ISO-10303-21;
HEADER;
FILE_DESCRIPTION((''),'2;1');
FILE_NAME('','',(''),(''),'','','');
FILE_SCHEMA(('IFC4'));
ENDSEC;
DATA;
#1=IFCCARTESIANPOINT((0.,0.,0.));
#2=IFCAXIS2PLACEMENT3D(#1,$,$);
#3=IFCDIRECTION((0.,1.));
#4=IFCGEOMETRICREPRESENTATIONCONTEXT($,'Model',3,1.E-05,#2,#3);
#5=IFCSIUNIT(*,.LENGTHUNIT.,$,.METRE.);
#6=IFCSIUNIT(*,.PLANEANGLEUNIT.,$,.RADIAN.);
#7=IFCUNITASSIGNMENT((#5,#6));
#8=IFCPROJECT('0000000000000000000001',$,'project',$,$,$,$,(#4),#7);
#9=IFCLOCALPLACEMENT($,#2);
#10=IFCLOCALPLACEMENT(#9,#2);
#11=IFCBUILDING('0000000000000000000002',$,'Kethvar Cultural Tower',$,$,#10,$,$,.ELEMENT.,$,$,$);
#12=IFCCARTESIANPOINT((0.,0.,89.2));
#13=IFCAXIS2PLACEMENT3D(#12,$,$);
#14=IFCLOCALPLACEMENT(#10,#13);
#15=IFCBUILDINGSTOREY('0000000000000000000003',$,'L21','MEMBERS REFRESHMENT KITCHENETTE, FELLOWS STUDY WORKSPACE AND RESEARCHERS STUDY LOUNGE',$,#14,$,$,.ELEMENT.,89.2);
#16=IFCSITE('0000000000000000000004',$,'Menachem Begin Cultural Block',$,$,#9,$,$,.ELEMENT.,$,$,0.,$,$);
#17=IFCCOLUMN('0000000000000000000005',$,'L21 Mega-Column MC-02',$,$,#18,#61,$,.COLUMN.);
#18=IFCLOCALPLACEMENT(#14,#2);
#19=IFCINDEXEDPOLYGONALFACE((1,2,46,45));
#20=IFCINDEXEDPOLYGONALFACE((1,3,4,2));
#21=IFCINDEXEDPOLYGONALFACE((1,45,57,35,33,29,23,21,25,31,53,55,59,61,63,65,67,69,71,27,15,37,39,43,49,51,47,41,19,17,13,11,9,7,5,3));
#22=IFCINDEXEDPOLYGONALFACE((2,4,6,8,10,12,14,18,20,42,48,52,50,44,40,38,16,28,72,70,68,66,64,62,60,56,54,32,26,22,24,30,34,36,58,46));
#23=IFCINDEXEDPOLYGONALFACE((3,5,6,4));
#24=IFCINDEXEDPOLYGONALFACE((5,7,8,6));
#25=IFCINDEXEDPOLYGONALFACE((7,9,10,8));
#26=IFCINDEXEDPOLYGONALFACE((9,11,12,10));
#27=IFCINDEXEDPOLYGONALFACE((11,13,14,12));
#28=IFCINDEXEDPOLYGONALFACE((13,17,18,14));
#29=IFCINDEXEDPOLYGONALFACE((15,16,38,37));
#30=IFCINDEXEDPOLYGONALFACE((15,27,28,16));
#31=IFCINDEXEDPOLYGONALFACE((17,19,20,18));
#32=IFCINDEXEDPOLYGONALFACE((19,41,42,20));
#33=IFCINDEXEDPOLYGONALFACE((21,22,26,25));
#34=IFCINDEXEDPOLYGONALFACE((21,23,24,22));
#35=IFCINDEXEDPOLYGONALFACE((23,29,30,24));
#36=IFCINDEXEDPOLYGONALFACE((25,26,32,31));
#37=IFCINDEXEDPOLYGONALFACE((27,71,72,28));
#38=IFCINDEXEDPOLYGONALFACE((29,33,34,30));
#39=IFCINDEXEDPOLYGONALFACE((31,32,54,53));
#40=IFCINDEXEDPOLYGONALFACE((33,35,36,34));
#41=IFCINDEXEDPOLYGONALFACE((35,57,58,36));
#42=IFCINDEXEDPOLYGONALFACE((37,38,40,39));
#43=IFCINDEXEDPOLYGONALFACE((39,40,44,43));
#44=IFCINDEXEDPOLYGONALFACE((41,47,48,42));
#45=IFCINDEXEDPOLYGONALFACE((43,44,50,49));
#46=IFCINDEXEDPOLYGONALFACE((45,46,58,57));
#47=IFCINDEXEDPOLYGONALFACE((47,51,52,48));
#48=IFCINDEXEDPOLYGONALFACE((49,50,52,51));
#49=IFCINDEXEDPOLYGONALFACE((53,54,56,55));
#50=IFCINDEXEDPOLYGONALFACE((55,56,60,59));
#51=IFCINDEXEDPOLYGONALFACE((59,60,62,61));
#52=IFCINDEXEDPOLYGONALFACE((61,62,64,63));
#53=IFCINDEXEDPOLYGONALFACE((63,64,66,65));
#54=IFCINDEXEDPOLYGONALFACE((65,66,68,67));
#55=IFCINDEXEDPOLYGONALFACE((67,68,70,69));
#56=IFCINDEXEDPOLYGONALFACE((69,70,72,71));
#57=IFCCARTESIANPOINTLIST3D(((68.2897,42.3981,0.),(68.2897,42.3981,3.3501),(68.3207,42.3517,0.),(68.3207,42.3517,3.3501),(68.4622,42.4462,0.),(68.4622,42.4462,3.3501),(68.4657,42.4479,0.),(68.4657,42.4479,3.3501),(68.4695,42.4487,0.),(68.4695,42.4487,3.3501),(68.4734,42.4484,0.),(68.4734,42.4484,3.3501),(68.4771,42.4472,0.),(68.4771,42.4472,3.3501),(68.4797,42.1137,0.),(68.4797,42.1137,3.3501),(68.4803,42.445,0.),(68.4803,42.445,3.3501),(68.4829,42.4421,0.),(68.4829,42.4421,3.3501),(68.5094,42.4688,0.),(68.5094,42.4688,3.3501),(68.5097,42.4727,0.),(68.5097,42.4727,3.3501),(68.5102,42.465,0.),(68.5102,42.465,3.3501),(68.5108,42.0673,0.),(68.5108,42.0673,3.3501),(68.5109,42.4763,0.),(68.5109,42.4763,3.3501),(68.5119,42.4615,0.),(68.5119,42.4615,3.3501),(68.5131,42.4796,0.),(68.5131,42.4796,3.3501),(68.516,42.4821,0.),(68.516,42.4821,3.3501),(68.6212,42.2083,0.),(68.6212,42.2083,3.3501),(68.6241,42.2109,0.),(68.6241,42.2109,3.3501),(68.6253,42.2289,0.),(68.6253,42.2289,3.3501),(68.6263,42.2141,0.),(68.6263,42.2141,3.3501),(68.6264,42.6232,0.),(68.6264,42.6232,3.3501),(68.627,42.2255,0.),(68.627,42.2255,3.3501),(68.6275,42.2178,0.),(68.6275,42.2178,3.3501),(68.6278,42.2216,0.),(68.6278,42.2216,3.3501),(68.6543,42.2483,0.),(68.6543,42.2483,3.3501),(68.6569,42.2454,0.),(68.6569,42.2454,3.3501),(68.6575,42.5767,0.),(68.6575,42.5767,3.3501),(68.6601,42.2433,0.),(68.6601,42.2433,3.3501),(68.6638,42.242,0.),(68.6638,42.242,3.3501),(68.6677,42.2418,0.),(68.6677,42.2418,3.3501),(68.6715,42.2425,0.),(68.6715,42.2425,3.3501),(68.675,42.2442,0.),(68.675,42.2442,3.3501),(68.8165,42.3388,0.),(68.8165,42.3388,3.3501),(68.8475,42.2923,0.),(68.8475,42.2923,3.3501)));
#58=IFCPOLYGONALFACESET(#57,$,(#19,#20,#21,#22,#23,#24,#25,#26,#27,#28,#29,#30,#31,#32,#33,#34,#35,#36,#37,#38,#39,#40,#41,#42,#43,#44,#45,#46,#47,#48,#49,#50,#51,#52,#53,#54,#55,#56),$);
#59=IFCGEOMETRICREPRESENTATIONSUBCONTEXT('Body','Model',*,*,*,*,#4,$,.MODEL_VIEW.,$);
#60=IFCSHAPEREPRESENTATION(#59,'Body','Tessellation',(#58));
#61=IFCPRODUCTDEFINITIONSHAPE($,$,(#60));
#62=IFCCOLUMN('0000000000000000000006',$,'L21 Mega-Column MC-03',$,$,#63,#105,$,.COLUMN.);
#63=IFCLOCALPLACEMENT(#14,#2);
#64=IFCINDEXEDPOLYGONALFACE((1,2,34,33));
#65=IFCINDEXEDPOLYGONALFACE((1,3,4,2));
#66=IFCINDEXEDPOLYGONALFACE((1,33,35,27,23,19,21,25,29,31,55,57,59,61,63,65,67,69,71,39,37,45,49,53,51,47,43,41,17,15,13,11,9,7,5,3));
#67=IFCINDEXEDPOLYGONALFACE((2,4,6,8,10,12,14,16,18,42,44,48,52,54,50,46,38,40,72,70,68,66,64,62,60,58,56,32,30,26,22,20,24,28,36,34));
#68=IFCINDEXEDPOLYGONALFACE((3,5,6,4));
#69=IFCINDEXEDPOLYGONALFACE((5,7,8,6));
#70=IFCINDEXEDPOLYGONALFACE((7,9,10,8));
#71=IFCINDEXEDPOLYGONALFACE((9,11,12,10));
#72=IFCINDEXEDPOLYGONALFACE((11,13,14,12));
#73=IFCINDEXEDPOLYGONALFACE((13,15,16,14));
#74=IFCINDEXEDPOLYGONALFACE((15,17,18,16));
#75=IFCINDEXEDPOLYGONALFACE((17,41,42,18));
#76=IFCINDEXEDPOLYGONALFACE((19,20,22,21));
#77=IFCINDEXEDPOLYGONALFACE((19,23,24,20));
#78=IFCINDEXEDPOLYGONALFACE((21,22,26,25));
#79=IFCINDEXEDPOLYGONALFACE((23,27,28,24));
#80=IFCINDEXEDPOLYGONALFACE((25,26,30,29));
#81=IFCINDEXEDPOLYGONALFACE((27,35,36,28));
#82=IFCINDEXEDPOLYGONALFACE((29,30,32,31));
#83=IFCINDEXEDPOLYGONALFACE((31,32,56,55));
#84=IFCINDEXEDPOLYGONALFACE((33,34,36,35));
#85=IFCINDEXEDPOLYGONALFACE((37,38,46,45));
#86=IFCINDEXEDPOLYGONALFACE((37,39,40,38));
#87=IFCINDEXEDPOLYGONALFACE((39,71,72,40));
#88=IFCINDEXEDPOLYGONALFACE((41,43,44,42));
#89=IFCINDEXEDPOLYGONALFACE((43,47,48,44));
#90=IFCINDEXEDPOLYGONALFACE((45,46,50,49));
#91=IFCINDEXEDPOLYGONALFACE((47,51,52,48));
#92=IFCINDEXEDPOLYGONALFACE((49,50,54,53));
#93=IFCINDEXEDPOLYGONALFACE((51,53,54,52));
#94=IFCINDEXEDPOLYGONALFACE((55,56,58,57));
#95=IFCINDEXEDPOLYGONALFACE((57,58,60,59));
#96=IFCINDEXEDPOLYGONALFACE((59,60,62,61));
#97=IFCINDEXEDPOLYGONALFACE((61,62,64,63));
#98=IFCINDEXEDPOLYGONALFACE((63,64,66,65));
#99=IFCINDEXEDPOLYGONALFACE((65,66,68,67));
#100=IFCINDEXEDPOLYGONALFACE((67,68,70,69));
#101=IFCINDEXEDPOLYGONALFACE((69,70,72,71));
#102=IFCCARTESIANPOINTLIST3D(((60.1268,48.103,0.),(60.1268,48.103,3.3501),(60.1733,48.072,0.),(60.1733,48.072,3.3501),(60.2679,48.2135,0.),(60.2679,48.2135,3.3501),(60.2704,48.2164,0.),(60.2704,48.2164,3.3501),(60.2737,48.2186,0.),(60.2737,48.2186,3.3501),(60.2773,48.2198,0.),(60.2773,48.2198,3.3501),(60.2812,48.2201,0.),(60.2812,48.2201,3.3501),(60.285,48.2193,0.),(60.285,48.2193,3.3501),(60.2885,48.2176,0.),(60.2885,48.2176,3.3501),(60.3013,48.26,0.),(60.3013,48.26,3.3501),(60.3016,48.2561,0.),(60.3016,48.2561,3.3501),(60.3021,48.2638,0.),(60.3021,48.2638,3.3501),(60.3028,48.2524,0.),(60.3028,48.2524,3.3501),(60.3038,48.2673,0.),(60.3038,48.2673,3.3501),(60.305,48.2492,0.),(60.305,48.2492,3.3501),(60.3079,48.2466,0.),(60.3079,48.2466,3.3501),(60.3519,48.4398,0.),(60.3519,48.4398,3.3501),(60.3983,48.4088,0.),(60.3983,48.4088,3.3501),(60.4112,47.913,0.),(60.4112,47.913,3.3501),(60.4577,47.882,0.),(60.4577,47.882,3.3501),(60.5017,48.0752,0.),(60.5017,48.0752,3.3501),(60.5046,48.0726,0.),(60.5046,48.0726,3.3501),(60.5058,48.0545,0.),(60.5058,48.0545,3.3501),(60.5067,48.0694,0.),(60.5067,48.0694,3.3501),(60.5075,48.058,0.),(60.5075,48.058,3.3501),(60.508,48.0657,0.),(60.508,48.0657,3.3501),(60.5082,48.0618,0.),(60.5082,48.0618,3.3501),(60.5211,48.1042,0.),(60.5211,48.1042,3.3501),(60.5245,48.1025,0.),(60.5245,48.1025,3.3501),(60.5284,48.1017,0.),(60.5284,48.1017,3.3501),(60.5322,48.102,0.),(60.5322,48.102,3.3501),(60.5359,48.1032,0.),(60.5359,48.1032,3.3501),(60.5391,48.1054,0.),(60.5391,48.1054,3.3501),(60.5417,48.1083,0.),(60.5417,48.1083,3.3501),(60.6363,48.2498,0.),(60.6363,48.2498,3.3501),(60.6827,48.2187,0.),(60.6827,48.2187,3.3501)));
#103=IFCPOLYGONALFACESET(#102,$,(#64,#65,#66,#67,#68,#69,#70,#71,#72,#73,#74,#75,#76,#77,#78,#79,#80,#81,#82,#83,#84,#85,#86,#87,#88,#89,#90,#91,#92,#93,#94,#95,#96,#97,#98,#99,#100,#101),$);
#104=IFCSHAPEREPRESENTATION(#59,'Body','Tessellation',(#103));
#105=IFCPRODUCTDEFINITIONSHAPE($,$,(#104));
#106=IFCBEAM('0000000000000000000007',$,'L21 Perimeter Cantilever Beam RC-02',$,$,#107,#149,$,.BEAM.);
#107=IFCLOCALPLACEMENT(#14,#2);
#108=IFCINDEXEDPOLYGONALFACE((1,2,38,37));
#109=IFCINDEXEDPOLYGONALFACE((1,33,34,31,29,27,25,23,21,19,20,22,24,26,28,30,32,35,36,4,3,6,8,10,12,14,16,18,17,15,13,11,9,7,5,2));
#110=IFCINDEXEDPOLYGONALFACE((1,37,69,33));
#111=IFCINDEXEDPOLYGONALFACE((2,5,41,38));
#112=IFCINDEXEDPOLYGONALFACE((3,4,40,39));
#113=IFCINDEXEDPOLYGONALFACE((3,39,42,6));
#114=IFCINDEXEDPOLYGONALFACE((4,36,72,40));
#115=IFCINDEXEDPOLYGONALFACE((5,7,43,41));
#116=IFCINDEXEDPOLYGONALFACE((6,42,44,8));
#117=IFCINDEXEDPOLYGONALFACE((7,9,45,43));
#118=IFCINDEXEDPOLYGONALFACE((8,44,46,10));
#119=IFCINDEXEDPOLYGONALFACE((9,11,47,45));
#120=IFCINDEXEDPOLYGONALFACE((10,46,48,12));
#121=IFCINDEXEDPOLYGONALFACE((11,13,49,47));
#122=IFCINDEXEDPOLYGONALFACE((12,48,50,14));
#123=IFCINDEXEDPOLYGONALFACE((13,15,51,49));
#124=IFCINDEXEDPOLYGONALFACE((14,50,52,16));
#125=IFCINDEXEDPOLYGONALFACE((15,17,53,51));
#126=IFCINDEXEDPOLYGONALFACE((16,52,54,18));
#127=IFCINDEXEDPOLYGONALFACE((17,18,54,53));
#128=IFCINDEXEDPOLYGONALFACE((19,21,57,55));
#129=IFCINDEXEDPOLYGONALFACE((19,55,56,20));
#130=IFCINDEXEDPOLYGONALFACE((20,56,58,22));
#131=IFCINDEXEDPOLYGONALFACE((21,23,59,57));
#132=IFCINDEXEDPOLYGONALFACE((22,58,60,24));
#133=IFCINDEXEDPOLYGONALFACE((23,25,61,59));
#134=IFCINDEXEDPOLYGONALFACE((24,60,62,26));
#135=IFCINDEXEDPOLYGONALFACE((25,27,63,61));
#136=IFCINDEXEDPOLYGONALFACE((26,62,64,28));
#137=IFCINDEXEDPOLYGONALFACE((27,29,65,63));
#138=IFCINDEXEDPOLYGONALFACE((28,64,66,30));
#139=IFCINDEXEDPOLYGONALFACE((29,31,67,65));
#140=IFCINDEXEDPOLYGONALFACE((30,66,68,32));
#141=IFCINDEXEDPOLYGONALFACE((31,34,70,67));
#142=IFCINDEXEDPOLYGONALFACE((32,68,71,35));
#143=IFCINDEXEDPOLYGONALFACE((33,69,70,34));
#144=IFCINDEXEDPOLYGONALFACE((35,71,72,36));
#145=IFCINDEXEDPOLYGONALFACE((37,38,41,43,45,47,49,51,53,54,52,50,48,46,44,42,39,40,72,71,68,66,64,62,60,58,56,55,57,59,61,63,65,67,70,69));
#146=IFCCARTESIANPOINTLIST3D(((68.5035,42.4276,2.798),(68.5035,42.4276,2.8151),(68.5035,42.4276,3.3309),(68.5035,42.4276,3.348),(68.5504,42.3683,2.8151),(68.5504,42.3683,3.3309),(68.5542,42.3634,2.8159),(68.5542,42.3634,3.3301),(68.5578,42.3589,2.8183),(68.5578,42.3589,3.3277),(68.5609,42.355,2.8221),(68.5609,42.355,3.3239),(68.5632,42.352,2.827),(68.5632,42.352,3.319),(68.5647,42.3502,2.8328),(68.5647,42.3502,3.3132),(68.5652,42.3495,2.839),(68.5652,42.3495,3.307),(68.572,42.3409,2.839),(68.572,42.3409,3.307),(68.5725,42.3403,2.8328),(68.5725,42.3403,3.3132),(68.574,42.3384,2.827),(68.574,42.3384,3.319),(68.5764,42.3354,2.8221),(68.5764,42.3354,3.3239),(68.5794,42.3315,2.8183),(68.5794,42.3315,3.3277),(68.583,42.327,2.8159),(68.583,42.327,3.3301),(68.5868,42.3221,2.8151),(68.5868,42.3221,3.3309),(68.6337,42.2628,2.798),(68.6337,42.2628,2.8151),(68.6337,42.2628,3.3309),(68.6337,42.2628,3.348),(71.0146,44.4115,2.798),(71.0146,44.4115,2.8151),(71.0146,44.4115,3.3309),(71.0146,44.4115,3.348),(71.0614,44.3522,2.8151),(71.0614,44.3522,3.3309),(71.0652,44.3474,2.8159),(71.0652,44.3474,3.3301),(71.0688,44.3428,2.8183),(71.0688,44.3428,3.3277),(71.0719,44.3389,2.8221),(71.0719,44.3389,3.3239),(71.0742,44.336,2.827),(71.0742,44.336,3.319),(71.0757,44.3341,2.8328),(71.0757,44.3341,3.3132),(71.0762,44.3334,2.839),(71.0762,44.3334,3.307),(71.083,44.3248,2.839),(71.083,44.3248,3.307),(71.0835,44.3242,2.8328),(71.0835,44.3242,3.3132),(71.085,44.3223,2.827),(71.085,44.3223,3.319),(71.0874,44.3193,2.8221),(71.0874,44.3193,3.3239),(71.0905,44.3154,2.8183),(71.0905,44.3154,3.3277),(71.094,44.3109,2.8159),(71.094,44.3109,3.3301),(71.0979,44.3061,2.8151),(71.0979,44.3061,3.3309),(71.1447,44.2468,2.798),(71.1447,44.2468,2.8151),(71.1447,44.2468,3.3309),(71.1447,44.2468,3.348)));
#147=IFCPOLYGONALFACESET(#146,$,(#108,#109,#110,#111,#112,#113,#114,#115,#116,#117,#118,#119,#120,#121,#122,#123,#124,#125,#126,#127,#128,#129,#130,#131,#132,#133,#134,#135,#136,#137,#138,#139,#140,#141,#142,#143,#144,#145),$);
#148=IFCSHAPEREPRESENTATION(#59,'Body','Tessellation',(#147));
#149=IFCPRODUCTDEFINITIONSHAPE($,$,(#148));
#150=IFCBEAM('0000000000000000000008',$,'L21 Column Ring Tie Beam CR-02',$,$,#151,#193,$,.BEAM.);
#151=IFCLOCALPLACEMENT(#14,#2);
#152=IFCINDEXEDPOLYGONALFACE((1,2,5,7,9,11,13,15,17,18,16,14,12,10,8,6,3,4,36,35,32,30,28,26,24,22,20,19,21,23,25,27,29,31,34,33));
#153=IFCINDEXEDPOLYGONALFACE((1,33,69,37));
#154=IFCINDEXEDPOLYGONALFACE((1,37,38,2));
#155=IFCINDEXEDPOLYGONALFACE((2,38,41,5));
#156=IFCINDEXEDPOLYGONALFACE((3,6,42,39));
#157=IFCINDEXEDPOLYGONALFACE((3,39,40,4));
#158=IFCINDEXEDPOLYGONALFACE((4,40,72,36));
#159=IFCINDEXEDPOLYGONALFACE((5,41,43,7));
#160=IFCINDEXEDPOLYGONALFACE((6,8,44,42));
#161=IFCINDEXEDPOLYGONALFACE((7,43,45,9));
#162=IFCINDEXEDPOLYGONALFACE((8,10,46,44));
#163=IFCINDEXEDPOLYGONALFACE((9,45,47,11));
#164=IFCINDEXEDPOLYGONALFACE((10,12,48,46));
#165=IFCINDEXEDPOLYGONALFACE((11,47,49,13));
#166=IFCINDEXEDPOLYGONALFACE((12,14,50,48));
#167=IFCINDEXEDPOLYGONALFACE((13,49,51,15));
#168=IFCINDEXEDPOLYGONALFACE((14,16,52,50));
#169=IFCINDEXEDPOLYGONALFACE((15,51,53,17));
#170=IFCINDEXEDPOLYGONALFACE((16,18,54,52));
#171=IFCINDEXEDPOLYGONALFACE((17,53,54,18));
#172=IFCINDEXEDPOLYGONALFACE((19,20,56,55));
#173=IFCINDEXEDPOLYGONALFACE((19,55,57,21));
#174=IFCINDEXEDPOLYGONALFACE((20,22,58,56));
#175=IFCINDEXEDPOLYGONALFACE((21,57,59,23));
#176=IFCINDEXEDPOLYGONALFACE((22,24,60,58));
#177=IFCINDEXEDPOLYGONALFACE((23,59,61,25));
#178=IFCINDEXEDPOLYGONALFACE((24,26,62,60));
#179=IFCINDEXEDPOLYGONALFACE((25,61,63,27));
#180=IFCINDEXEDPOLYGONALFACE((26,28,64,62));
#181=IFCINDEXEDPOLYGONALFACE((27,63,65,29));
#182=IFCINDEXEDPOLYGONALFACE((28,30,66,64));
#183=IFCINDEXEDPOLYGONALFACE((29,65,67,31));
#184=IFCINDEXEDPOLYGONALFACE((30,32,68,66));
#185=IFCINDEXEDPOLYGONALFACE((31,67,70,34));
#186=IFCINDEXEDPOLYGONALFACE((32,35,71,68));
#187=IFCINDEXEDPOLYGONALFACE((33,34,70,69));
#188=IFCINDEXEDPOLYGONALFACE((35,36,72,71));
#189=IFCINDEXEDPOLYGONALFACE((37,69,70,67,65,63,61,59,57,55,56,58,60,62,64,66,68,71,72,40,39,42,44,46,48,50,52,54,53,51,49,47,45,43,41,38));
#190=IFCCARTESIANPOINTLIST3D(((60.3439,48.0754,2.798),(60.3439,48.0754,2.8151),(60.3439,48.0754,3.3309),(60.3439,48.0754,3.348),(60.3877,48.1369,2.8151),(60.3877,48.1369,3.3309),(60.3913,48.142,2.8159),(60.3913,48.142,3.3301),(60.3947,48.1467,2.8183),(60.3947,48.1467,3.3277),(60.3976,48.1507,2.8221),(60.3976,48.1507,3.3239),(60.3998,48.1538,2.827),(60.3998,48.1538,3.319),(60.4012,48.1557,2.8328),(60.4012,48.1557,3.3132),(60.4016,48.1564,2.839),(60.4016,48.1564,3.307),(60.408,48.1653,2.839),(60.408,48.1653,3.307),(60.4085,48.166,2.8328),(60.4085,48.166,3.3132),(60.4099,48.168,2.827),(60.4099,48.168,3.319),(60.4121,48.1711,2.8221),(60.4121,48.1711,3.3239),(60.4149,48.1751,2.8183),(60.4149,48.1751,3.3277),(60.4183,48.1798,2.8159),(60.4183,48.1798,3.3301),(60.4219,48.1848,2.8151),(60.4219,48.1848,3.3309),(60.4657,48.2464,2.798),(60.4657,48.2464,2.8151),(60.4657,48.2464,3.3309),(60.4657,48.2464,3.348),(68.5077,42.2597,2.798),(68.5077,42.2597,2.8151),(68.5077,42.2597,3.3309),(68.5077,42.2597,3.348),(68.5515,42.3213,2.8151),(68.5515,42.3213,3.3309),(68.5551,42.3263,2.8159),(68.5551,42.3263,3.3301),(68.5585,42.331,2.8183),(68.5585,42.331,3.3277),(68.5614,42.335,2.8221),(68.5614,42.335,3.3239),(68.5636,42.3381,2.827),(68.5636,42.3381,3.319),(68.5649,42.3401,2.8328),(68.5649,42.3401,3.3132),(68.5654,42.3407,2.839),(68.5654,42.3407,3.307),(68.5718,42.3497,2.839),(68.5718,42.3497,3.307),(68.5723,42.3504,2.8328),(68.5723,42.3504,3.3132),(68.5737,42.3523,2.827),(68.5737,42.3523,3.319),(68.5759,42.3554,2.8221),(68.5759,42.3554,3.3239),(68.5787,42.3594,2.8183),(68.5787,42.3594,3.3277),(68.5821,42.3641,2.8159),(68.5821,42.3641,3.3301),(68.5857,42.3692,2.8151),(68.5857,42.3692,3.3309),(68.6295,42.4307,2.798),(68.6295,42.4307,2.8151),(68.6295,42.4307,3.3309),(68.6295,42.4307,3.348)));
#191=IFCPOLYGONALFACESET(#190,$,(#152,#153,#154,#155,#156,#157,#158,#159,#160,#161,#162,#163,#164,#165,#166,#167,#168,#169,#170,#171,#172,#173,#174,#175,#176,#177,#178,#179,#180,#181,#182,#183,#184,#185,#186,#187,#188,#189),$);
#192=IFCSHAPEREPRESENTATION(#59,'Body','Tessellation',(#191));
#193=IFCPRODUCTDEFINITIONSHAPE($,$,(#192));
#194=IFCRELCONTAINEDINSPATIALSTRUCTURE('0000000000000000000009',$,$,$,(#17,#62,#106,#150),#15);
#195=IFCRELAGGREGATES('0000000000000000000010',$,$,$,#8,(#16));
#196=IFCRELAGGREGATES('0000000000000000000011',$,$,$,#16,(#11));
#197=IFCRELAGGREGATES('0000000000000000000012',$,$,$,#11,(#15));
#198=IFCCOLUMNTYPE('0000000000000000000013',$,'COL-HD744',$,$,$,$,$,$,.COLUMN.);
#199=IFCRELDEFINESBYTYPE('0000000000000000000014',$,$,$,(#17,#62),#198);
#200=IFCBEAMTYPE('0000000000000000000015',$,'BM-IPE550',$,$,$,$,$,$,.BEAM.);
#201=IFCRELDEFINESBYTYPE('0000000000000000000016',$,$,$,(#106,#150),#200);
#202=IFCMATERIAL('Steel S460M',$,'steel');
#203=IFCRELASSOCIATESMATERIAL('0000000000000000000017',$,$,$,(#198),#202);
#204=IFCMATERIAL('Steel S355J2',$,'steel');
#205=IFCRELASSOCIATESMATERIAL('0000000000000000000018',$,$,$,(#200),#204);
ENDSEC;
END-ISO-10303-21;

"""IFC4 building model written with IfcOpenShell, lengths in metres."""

from ifc_helpers import new_model, si_unit, direction, frame, origin, origin_2d, place, context, subcontext, project, spatial, i_section, extrude, source, transform, mapped, material, material_profile, profile_set, type_object, element, save


model = new_model("IFC4")

# Units and contexts
model_context = context("Model", 3, precision=1e-05, world=origin(), true_north=direction((0.0, 1.0)))
body_context = subcontext(model_context, "Body", "Model", "MODEL_VIEW")
ifc_project = project(units=[si_unit("LENGTHUNIT", "METRE"), si_unit("PLANEANGLEUNIT", "RADIAN")], contexts=[model_context])

# Site, building, storey
site_placement = place(None, origin())
site = spatial("IfcSite", under=ifc_project, at=site_placement, Name="Menachem Begin Cultural Block", CompositionType="ELEMENT", RefElevation=0.0)
building_placement = place(site_placement, origin())
building = spatial("IfcBuilding", under=site, at=building_placement, Name="Kethvar Cultural Tower", CompositionType="ELEMENT")
storey_placement = place(building_placement, frame((0.0, 0.0, 89.2)))
storey = spatial("IfcBuildingStorey", under=building, at=storey_placement, Name="L21", Description="MEMBERS REFRESHMENT KITCHENETTE, FELLOWS STUDY WORKSPACE AND RESEARCHERS STUDY LOUNGE", CompositionType="ELEMENT", Elevation=89.2)

# Columns
ifc_material_1 = material(Name="Steel S460M", Category="steel")
ifc_material_profile_1 = material_profile(ifc_material_1, i_section(OverallWidth=0.405, OverallDepth=0.3979, WebThickness=0.0349, FlangeThickness=0.0559, FilletRadius=0.0149, at=origin_2d()), Name="Steel S460M — HD400x744")
ifc_profile_set_1 = profile_set([ifc_material_profile_1], Name="Steel S460M — HD400x744")
column_type = type_object("IfcColumnType", Name="COL-HD744", PredefinedType="COLUMN", material=ifc_profile_set_1)
shared_shape_1 = source(origin(), body_context, "Body", "SweptSolid", [
    extrude(i_section(OverallWidth=0.405, OverallDepth=0.3979, WebThickness=0.0349, FlangeThickness=0.0559, FilletRadius=0.0149, at=origin_2d()), origin(), (0.0, 0.0, 1.0), 3.3501),
])
for number, where, z_axis, x_axis, name in (
    (1, (68.5686, 42.3452, 0.0), (0.0, 0.0, 1.0), (0.83147, 0.55557, 0.0), "L21 Mega-Column MC-02"),
    (2, (60.4048, 48.1609, 0.0), (0.0, 0.0, 1.0), (0.55557, 0.83147, 0.0), "L21 Mega-Column MC-03"),
):
    element("IfcColumn", number, at=place(storey_placement, frame(where, z_axis=z_axis, x_axis=x_axis)), inside=storey, type_object=column_type, Name=name, PredefinedType="COLUMN", context=body_context, shape_type="MappedRepresentation", body=[
        mapped(shared_shape_1, transform((0.0, 0.0, 0.0), scale=1.0)),
    ])

# Beams
ifc_material_2 = material(Name="Steel S355J2", Category="steel")
ifc_material_profile_2 = material_profile(ifc_material_2, i_section(OverallWidth=0.21, OverallDepth=0.55, WebThickness=0.011, FlangeThickness=0.0171, FilletRadius=0.0239, at=origin_2d()), Name="Steel S355J2 — IPE550")
ifc_profile_set_2 = profile_set([ifc_material_profile_2], Name="Steel S355J2 — IPE550")
beam_type_1 = type_object("IfcBeamType", Name="BM-IPE550", PredefinedType="BEAM", material=ifc_profile_set_2)
shared_shape_2 = source(origin(), body_context, "Body", "SweptSolid", [
    extrude(i_section(OverallWidth=0.21, OverallDepth=0.55, WebThickness=0.011, FlangeThickness=0.0171, FilletRadius=0.0239, at=origin_2d()), origin(), (0.0, 0.0, 1.0), 3.2002),
])
beam_1_placement = place(storey_placement, frame((68.5686, 42.3452, 3.073), z_axis=(0.78465, 0.619939, 0.0), x_axis=(-0.619939, 0.78465, 0.0)))
element("IfcBeam", 3, at=beam_1_placement, inside=storey, type_object=beam_type_1, Name="L21 Perimeter Cantilever Beam RC-02", PredefinedType="BEAM", context=body_context, shape_type="MappedRepresentation", body=[
    mapped(shared_shape_2, transform((0.0, 0.0, 0.0), scale=1.0)),
])
shared_shape_3 = source(origin(), body_context, "Body", "SweptSolid", [
    extrude(i_section(OverallWidth=0.21, OverallDepth=0.55, WebThickness=0.011, FlangeThickness=0.0171, FilletRadius=0.0239, at=origin_2d()), origin(), (0.0, 0.0, 1.0), 10.0234),
])
beam_2_placement = place(storey_placement, frame((68.5686, 42.3452, 3.073), z_axis=(-0.81447, 0.580206, 0.0), x_axis=(-0.580206, -0.81447, 0.0)))
element("IfcBeam", 4, at=beam_2_placement, inside=storey, type_object=beam_type_1, Name="L21 Column Ring Tie Beam CR-02", PredefinedType="BEAM", context=body_context, shape_type="MappedRepresentation", body=[
    mapped(shared_shape_3, transform((0.0, 0.0, 0.0), scale=1.0)),
])

save(model, "model.ifc")
